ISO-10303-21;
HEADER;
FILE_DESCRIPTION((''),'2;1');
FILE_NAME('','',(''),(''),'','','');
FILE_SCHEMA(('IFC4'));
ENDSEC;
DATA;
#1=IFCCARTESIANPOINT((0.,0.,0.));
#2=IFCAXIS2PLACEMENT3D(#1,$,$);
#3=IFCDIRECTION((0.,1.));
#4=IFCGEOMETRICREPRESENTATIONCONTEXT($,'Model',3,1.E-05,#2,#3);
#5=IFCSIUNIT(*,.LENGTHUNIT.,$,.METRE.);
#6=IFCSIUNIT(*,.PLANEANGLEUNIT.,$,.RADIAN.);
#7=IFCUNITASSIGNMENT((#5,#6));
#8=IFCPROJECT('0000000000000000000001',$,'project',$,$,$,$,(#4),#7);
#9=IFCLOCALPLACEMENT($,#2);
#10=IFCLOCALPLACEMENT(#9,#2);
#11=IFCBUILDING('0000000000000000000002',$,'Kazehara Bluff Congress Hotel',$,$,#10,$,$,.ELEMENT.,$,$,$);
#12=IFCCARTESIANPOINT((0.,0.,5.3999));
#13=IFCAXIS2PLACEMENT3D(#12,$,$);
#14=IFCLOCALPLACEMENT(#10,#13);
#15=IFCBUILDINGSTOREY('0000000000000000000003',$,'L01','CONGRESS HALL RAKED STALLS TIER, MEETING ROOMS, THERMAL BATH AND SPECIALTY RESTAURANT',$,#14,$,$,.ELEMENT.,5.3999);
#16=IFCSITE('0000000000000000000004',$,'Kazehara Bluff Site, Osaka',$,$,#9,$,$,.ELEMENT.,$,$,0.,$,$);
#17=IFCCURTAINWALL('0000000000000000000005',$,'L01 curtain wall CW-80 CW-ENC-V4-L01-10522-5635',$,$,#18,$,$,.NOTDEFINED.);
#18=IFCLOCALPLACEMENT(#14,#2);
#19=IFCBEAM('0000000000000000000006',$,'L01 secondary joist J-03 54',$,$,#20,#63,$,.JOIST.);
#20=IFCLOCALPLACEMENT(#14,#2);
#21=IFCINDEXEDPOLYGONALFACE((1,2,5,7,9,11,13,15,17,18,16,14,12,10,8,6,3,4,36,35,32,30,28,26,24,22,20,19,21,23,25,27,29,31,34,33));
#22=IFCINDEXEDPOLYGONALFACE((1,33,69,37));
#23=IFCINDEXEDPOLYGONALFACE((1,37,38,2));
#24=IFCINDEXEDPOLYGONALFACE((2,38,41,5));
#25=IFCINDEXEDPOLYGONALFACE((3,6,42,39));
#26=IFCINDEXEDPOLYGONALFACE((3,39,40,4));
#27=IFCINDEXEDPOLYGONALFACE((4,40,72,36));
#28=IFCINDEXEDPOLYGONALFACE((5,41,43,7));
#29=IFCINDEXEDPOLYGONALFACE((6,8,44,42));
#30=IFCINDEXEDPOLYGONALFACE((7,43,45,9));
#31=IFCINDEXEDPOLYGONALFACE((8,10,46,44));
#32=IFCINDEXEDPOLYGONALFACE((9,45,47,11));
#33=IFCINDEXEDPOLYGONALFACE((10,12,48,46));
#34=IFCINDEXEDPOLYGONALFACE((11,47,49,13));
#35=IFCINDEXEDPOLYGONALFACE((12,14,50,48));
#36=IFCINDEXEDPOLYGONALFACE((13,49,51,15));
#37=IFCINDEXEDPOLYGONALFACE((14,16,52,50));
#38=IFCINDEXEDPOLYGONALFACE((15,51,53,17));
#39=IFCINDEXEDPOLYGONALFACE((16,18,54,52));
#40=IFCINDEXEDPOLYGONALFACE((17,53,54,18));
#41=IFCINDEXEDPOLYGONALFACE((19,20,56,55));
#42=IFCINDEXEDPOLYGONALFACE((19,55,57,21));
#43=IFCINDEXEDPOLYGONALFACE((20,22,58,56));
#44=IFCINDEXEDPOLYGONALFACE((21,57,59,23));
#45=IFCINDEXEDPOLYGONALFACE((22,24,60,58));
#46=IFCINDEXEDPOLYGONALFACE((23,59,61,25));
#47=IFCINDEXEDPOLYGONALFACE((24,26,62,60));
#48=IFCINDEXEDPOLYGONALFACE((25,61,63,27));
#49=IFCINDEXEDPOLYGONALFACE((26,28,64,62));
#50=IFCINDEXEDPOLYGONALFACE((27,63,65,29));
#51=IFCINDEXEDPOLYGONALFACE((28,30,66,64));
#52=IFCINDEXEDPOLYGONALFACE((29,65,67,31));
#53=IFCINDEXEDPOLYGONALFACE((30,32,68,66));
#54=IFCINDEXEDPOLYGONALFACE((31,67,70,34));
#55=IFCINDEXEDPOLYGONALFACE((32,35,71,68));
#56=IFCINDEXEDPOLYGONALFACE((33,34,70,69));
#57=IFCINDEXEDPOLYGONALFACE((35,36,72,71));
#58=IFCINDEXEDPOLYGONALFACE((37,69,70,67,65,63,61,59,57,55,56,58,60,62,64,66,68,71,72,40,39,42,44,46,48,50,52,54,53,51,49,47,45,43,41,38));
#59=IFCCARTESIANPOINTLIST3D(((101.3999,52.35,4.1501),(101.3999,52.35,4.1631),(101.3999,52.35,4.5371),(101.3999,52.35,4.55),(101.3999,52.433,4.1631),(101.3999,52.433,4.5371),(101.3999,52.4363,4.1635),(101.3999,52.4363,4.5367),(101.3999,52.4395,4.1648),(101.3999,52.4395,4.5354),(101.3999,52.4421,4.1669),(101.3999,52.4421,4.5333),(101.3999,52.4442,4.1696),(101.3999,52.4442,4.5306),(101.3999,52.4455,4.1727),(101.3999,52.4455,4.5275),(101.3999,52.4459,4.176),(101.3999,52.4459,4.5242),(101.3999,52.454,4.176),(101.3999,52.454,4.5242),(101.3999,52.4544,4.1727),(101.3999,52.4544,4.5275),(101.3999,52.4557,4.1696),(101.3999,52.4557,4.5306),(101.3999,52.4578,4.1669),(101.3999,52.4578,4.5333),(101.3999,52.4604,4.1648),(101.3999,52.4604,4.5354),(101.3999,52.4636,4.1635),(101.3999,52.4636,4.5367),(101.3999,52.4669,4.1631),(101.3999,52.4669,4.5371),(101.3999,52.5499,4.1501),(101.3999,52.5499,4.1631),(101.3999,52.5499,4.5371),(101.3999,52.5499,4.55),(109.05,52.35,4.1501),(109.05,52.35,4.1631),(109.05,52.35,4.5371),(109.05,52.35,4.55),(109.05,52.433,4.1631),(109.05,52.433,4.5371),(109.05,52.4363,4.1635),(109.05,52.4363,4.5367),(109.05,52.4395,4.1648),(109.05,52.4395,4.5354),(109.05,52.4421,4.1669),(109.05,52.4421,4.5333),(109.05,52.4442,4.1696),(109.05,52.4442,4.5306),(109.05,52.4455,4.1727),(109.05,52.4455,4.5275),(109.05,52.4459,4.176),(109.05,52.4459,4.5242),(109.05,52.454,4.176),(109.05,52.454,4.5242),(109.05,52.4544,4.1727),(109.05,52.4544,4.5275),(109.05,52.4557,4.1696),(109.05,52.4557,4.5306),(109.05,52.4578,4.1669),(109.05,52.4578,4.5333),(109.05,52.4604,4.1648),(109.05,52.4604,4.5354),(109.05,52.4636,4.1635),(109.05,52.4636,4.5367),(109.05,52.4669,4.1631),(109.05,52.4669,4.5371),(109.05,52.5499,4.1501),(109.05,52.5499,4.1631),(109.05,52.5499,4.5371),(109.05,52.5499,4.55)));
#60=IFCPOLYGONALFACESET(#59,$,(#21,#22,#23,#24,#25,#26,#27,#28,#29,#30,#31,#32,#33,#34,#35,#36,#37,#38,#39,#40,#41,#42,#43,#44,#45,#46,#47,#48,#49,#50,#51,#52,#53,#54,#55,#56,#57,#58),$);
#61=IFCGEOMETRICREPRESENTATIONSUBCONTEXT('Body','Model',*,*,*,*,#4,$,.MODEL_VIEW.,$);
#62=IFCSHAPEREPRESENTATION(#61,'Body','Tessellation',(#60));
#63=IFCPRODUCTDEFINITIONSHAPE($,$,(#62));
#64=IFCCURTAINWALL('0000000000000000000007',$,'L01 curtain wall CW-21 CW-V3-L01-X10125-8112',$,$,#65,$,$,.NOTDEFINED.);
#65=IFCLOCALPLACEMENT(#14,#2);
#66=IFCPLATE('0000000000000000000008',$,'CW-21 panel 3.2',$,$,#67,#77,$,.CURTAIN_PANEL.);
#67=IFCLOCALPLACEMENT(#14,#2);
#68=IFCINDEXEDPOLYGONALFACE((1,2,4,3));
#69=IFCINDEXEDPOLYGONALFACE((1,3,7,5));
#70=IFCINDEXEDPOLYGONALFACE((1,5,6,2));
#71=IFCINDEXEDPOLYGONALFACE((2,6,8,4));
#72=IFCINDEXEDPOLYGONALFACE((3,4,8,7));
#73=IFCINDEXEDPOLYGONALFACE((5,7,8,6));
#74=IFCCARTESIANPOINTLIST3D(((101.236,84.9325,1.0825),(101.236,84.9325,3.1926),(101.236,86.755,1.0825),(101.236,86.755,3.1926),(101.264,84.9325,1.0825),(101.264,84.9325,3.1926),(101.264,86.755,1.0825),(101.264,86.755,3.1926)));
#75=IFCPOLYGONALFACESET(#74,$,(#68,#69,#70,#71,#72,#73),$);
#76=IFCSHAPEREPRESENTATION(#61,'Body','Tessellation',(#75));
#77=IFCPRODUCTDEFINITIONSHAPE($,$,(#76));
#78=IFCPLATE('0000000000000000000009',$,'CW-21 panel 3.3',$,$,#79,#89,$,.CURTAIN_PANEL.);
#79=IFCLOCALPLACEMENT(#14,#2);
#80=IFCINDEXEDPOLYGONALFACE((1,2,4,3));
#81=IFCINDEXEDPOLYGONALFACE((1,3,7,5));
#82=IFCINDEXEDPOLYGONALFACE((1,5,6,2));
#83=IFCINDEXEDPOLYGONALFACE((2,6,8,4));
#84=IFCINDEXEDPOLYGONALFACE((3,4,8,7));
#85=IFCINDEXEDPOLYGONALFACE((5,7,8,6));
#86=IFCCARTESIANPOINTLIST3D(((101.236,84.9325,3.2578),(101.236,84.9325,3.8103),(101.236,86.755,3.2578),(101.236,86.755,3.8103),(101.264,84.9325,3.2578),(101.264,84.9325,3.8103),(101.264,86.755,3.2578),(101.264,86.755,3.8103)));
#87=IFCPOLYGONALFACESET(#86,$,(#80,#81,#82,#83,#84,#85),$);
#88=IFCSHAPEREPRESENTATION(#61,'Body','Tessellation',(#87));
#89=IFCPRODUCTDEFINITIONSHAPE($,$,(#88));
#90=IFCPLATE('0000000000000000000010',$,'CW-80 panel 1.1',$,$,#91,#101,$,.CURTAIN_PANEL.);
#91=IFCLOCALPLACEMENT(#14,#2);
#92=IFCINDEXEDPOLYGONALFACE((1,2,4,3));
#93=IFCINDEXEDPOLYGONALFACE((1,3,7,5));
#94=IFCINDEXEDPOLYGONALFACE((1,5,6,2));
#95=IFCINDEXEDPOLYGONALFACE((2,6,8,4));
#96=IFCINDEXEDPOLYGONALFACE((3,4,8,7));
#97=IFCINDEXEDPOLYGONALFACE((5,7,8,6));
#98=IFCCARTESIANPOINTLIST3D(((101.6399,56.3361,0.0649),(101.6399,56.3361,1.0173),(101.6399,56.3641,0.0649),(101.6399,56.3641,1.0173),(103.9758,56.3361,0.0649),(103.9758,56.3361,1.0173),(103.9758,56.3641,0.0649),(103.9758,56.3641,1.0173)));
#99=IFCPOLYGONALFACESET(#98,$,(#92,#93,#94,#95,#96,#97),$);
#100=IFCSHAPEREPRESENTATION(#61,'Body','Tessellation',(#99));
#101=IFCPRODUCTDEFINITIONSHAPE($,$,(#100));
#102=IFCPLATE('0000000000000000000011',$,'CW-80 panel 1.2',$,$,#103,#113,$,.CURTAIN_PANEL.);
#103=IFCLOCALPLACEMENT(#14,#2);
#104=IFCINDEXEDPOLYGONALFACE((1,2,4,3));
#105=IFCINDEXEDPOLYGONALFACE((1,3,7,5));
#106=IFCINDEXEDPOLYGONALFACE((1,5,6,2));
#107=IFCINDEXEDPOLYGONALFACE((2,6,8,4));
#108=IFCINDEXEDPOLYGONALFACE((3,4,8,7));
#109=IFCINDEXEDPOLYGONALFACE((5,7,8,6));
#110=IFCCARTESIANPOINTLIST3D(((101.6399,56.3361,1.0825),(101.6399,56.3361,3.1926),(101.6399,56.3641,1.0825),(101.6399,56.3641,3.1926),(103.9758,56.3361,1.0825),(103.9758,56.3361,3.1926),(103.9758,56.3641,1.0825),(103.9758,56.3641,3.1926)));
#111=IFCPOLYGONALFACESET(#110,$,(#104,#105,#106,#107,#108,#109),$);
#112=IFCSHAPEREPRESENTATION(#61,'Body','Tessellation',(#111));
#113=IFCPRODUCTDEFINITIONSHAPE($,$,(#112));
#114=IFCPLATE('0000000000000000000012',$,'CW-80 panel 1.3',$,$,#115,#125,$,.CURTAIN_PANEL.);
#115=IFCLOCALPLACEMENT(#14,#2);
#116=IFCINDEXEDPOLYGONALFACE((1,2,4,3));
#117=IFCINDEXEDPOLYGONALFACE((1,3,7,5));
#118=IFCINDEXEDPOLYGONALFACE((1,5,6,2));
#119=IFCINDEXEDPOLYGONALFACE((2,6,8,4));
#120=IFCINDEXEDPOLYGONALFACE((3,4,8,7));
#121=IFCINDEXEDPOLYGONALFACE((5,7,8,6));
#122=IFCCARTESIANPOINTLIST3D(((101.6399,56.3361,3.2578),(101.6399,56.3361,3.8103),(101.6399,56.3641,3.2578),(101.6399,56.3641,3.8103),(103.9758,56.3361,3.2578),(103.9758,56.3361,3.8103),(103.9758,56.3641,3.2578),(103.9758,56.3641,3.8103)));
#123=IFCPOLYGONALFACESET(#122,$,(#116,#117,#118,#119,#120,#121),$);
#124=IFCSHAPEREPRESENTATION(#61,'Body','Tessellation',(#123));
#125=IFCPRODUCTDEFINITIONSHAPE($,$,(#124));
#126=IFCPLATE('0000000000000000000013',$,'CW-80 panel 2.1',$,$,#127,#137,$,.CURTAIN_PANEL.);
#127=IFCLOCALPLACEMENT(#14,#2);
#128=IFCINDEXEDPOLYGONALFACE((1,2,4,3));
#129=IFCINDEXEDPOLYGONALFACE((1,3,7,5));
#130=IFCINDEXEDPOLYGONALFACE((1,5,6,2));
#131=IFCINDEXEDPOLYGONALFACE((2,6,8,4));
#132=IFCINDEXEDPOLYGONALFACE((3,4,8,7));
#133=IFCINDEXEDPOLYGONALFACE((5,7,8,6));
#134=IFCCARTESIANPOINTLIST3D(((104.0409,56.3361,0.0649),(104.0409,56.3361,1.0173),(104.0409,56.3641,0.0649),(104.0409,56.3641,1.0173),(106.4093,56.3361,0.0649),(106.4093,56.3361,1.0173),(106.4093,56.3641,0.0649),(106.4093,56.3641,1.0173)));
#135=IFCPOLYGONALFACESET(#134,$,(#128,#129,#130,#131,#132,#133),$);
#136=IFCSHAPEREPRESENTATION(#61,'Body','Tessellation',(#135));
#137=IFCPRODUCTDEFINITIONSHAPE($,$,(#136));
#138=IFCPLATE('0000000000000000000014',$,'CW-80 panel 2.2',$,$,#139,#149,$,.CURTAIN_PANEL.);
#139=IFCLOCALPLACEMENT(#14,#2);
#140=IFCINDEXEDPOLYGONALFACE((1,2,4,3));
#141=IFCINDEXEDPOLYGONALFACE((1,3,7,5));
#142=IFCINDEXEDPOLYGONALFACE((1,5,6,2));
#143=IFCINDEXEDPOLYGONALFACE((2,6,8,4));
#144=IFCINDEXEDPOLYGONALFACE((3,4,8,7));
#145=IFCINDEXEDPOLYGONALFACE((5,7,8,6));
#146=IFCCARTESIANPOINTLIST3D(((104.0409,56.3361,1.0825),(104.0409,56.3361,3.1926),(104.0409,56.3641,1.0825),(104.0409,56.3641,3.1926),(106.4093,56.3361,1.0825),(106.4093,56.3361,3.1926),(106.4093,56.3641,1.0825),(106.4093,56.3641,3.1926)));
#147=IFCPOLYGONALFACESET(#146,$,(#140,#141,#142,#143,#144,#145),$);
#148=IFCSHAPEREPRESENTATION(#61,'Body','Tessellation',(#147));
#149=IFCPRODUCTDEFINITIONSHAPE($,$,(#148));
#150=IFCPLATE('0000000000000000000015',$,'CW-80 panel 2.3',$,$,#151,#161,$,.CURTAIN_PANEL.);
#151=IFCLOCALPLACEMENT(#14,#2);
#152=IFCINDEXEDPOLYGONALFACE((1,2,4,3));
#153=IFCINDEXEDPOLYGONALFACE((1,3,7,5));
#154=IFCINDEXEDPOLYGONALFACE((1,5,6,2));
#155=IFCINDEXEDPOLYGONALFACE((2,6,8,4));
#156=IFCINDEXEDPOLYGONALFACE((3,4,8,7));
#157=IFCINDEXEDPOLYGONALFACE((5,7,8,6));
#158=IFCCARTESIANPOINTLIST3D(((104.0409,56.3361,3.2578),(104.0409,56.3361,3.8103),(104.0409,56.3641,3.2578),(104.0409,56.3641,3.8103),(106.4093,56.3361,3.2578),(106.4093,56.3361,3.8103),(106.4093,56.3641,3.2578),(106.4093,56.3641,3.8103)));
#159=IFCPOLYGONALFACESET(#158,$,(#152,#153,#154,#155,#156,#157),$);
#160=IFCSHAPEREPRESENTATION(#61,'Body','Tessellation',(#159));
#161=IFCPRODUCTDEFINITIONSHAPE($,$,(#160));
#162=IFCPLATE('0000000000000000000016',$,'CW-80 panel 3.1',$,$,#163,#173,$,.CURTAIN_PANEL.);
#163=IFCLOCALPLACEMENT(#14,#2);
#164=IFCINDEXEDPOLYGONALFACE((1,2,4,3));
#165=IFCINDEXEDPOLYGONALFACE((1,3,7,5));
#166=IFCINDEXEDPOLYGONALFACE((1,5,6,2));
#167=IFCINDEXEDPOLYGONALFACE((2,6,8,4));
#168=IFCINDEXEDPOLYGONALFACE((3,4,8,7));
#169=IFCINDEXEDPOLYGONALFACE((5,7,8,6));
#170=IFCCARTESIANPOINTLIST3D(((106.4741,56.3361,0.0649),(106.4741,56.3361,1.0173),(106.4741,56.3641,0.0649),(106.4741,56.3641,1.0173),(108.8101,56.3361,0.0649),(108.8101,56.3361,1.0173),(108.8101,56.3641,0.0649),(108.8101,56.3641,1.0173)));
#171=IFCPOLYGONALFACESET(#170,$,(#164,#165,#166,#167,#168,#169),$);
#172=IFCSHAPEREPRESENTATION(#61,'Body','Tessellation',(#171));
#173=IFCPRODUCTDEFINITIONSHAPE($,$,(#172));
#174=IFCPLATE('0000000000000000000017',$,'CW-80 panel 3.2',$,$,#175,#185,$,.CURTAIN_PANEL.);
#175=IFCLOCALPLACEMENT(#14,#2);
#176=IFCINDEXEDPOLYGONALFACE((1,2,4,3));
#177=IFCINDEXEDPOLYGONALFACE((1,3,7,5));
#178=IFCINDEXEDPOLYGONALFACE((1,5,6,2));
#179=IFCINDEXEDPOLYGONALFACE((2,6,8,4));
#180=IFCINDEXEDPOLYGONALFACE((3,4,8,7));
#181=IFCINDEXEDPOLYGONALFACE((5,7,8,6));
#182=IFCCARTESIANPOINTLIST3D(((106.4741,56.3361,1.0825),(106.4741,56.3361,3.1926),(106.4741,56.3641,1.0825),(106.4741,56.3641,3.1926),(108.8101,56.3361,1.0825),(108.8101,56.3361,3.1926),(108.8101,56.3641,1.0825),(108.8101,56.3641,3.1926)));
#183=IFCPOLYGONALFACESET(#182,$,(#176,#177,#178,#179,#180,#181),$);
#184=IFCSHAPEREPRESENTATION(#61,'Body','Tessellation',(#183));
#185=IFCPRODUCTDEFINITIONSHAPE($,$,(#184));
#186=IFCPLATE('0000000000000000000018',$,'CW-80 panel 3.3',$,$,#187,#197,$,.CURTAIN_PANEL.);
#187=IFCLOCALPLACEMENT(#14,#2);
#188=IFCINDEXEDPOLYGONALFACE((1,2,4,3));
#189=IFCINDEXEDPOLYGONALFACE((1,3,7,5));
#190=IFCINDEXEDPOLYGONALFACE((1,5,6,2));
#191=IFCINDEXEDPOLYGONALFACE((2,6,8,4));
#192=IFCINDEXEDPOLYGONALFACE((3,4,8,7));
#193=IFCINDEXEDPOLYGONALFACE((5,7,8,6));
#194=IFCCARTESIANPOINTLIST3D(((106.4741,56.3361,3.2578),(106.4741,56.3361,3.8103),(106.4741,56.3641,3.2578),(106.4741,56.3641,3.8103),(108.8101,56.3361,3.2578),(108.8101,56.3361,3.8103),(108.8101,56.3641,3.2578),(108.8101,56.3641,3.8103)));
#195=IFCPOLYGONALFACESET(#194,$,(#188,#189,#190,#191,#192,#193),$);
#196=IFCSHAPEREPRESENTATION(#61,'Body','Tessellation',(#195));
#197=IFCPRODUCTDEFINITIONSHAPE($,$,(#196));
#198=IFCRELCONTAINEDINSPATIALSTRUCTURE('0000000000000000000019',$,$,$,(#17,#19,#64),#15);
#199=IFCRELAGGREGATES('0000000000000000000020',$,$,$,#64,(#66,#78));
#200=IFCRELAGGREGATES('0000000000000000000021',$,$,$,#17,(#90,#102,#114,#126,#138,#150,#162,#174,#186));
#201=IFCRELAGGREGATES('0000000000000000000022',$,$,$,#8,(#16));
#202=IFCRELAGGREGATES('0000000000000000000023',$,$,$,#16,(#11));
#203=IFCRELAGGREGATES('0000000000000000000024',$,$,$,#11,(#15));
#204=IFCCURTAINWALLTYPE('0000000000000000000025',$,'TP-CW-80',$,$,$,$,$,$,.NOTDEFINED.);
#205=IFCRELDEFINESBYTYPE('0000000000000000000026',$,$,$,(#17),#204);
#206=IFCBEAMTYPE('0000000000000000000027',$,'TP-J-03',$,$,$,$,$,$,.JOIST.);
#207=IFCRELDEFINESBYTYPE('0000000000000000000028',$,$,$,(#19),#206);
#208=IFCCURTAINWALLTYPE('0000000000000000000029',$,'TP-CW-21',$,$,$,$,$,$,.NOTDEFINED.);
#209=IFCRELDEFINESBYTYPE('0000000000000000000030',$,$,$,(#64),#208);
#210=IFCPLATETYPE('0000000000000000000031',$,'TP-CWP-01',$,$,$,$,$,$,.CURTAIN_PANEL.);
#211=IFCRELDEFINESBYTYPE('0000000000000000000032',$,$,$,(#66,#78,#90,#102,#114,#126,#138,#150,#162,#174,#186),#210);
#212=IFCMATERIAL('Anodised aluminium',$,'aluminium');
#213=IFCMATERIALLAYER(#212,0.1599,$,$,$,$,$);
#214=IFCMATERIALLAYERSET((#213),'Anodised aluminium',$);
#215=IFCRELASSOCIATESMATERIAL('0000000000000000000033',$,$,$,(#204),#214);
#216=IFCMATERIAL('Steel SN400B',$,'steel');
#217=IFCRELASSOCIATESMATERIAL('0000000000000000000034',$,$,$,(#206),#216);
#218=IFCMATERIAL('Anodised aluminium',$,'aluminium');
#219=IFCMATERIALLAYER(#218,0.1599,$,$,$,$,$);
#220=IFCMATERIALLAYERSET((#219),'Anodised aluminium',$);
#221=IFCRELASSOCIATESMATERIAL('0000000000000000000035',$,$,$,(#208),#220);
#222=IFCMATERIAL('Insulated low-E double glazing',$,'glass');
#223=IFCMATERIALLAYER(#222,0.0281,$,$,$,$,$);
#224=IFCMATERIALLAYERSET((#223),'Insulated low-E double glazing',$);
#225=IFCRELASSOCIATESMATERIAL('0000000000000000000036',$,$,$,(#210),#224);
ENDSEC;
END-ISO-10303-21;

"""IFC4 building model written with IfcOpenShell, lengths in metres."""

from ifc_helpers import new_model, si_unit, direction, frame, origin, origin_2d, place, context, subcontext, project, spatial, rectangle, i_section, extrude, material, layer, layer_set, material_profile, profile_set, type_object, element, aggregate, save


model = new_model("IFC4")

# Units and contexts
model_context = context("Model", 3, precision=1e-05, world=origin(), true_north=direction((0.0, 1.0)))
body_context = subcontext(model_context, "Body", "Model", "MODEL_VIEW")
ifc_project = project(units=[si_unit("LENGTHUNIT", "METRE"), si_unit("PLANEANGLEUNIT", "RADIAN")], contexts=[model_context])

# Site, building, storey
site_placement = place(None, origin())
site = spatial("IfcSite", under=ifc_project, at=site_placement, Name="Kazehara Bluff Site, Osaka", CompositionType="ELEMENT", RefElevation=0.0)
building_placement = place(site_placement, origin())
building = spatial("IfcBuilding", under=site, at=building_placement, Name="Kazehara Bluff Congress Hotel", CompositionType="ELEMENT")
storey_placement = place(building_placement, frame((0.0, 0.0, 5.3999)))
storey = spatial("IfcBuildingStorey", under=building, at=storey_placement, Name="L01", Description="CONGRESS HALL RAKED STALLS TIER, MEETING ROOMS, THERMAL BATH AND SPECIALTY RESTAURANT", CompositionType="ELEMENT", Elevation=5.3999)

# Curtain wall
ifc_material_1 = material(Name="Anodised aluminium", Category="aluminium")
ifc_layer_1 = layer(ifc_material_1, 0.1599)
ifc_layer_set_1 = layer_set([ifc_layer_1], Name="Anodised aluminium")
curtain_wall_type_1 = type_object("IfcCurtainWallType", Name="TP-CW-80", PredefinedType="NOTDEFINED", material=ifc_layer_set_1)
curtain_wall_1_placement = place(storey_placement, origin())
curtain_wall_1 = element("IfcCurtainWall", 1, at=curtain_wall_1_placement, inside=storey, type_object=curtain_wall_type_1, Name="L01 curtain wall CW-80 CW-ENC-V4-L01-10522-5635", PredefinedType="NOTDEFINED")

# Beam
ifc_material_2 = material(Name="Steel SN400B", Category="steel")
ifc_material_profile_1 = material_profile(ifc_material_2, i_section(OverallWidth=0.2, OverallDepth=0.3999, WebThickness=0.0081, FlangeThickness=0.0129, FilletRadius=0.0129, at=origin_2d()))
ifc_profile_set_1 = profile_set([ifc_material_profile_1], Name="Steel SN400B")
beam_type_1 = type_object("IfcBeamType", Name="TP-J-03", PredefinedType="JOIST", material=ifc_profile_set_1)
beam_1_placement = place(storey_placement, frame((101.3999, 52.45, 4.3501), z_axis=(1.0, 0.0, 0.0), x_axis=(0.0, 1.0, 0.0)))
element("IfcBeam", 2, at=beam_1_placement, inside=storey, type_object=beam_type_1, Name="L01 secondary joist J-03 54", PredefinedType="JOIST", context=body_context, shape_type="SweptSolid", body=[
    extrude(i_section(OverallWidth=0.2, OverallDepth=0.3999, WebThickness=0.0081, FlangeThickness=0.0129, FilletRadius=0.0129, at=origin_2d()), origin(), (0.0, 0.0, 1.0), 7.6501),
])

# Curtain wall, plates
ifc_material_3 = material(Name="Anodised aluminium", Category="aluminium")
ifc_layer_2 = layer(ifc_material_3, 0.1599)
ifc_layer_set_2 = layer_set([ifc_layer_2], Name="Anodised aluminium")
curtain_wall_type_2 = type_object("IfcCurtainWallType", Name="TP-CW-21", PredefinedType="NOTDEFINED", material=ifc_layer_set_2)
curtain_wall_2_placement = place(storey_placement, origin())
curtain_wall_2 = element("IfcCurtainWall", 3, at=curtain_wall_2_placement, inside=storey, type_object=curtain_wall_type_2, Name="L01 curtain wall CW-21 CW-V3-L01-X10125-8112", PredefinedType="NOTDEFINED")
ifc_material_4 = material(Name="Insulated low-E double glazing", Category="glass")
ifc_layer_3 = layer(ifc_material_4, 0.0281)
ifc_layer_set_3 = layer_set([ifc_layer_3], Name="Insulated low-E double glazing")
plate_type = type_object("IfcPlateType", Name="TP-CWP-01", PredefinedType="CURTAIN_PANEL", material=ifc_layer_set_3)
plate_1_placement = place(storey_placement, frame((101.25, 85.8438, 1.0825), z_axis=(0.0, 0.0, 1.0), x_axis=(0.0, 1.0, 0.0)))
plate_1 = element("IfcPlate", 4, at=plate_1_placement, type_object=plate_type, Name="CW-21 panel 3.2", PredefinedType="CURTAIN_PANEL", context=body_context, shape_type="SweptSolid", body=[
    extrude(rectangle(XDim=1.8225, YDim=0.0281, at=origin_2d()), origin(), (0.0, 0.0, 1.0), 2.1101),
])
plate_2_placement = place(storey_placement, frame((101.25, 85.8438, 3.2578), z_axis=(0.0, 0.0, 1.0), x_axis=(0.0, 1.0, 0.0)))
plate_2 = element("IfcPlate", 5, at=plate_2_placement, type_object=plate_type, Name="CW-21 panel 3.3", PredefinedType="CURTAIN_PANEL", context=body_context, shape_type="SweptSolid", body=[
    extrude(rectangle(XDim=1.8225, YDim=0.0281, at=origin_2d()), origin(), (0.0, 0.0, 1.0), 0.5525),
])
aggregate(curtain_wall_2, [plate_1, plate_2])

# Plates
plate_3_placement = place(storey_placement, frame((102.8079, 56.3501, 0.0649), z_axis=(0.0, 0.0, 1.0), x_axis=(1.0, 0.0, 0.0)))
plate_3 = element("IfcPlate", 6, at=plate_3_placement, type_object=plate_type, Name="CW-80 panel 1.1", PredefinedType="CURTAIN_PANEL", context=body_context, shape_type="SweptSolid", body=[
    extrude(rectangle(XDim=2.3359, YDim=0.0281, at=origin_2d()), origin(), (0.0, 0.0, 1.0), 0.9524),
])
plate_4_placement = place(storey_placement, frame((102.8079, 56.3501, 1.0825), z_axis=(0.0, 0.0, 1.0), x_axis=(1.0, 0.0, 0.0)))
plate_4 = element("IfcPlate", 7, at=plate_4_placement, type_object=plate_type, Name="CW-80 panel 1.2", PredefinedType="CURTAIN_PANEL", context=body_context, shape_type="SweptSolid", body=[
    extrude(rectangle(XDim=2.3359, YDim=0.0281, at=origin_2d()), origin(), (0.0, 0.0, 1.0), 2.1101),
])
plate_5_placement = place(storey_placement, frame((102.8079, 56.3501, 3.2578), z_axis=(0.0, 0.0, 1.0), x_axis=(1.0, 0.0, 0.0)))
plate_5 = element("IfcPlate", 8, at=plate_5_placement, type_object=plate_type, Name="CW-80 panel 1.3", PredefinedType="CURTAIN_PANEL", context=body_context, shape_type="SweptSolid", body=[
    extrude(rectangle(XDim=2.3359, YDim=0.0281, at=origin_2d()), origin(), (0.0, 0.0, 1.0), 0.5525),
])
plate_6_placement = place(storey_placement, frame((105.2251, 56.3501, 0.0649), z_axis=(0.0, 0.0, 1.0), x_axis=(1.0, 0.0, 0.0)))
plate_6 = element("IfcPlate", 9, at=plate_6_placement, type_object=plate_type, Name="CW-80 panel 2.1", PredefinedType="CURTAIN_PANEL", context=body_context, shape_type="SweptSolid", body=[
    extrude(rectangle(XDim=2.3684, YDim=0.0281, at=origin_2d()), origin(), (0.0, 0.0, 1.0), 0.9524),
])
plate_7_placement = place(storey_placement, frame((105.2251, 56.3501, 1.0825), z_axis=(0.0, 0.0, 1.0), x_axis=(1.0, 0.0, 0.0)))
plate_7 = element("IfcPlate", 10, at=plate_7_placement, type_object=plate_type, Name="CW-80 panel 2.2", PredefinedType="CURTAIN_PANEL", context=body_context, shape_type="SweptSolid", body=[
    extrude(rectangle(XDim=2.3684, YDim=0.0281, at=origin_2d()), origin(), (0.0, 0.0, 1.0), 2.1101),
])
plate_8_placement = place(storey_placement, frame((105.2251, 56.3501, 3.2578), z_axis=(0.0, 0.0, 1.0), x_axis=(1.0, 0.0, 0.0)))
plate_8 = element("IfcPlate", 11, at=plate_8_placement, type_object=plate_type, Name="CW-80 panel 2.3", PredefinedType="CURTAIN_PANEL", context=body_context, shape_type="SweptSolid", body=[
    extrude(rectangle(XDim=2.3684, YDim=0.0281, at=origin_2d()), origin(), (0.0, 0.0, 1.0), 0.5525),
])
plate_9_placement = place(storey_placement, frame((107.6421, 56.3501, 0.0649), z_axis=(0.0, 0.0, 1.0), x_axis=(1.0, 0.0, 0.0)))
plate_9 = element("IfcPlate", 12, at=plate_9_placement, type_object=plate_type, Name="CW-80 panel 3.1", PredefinedType="CURTAIN_PANEL", context=body_context, shape_type="SweptSolid", body=[
    extrude(rectangle(XDim=2.3359, YDim=0.0281, at=origin_2d()), origin(), (0.0, 0.0, 1.0), 0.9524),
])
plate_10_placement = place(storey_placement, frame((107.6421, 56.3501, 1.0825), z_axis=(0.0, 0.0, 1.0), x_axis=(1.0, 0.0, 0.0)))
plate_10 = element("IfcPlate", 13, at=plate_10_placement, type_object=plate_type, Name="CW-80 panel 3.2", PredefinedType="CURTAIN_PANEL", context=body_context, shape_type="SweptSolid", body=[
    extrude(rectangle(XDim=2.3359, YDim=0.0281, at=origin_2d()), origin(), (0.0, 0.0, 1.0), 2.1101),
])
plate_11_placement = place(storey_placement, frame((107.6421, 56.3501, 3.2578), z_axis=(0.0, 0.0, 1.0), x_axis=(1.0, 0.0, 0.0)))
plate_11 = element("IfcPlate", 14, at=plate_11_placement, type_object=plate_type, Name="CW-80 panel 3.3", PredefinedType="CURTAIN_PANEL", context=body_context, shape_type="SweptSolid", body=[
    extrude(rectangle(XDim=2.3359, YDim=0.0281, at=origin_2d()), origin(), (0.0, 0.0, 1.0), 0.5525),
])
aggregate(curtain_wall_1, [plate_3, plate_4, plate_5, plate_6, plate_7, plate_8, plate_9, plate_10, plate_11])

save(model, "model.ifc")
